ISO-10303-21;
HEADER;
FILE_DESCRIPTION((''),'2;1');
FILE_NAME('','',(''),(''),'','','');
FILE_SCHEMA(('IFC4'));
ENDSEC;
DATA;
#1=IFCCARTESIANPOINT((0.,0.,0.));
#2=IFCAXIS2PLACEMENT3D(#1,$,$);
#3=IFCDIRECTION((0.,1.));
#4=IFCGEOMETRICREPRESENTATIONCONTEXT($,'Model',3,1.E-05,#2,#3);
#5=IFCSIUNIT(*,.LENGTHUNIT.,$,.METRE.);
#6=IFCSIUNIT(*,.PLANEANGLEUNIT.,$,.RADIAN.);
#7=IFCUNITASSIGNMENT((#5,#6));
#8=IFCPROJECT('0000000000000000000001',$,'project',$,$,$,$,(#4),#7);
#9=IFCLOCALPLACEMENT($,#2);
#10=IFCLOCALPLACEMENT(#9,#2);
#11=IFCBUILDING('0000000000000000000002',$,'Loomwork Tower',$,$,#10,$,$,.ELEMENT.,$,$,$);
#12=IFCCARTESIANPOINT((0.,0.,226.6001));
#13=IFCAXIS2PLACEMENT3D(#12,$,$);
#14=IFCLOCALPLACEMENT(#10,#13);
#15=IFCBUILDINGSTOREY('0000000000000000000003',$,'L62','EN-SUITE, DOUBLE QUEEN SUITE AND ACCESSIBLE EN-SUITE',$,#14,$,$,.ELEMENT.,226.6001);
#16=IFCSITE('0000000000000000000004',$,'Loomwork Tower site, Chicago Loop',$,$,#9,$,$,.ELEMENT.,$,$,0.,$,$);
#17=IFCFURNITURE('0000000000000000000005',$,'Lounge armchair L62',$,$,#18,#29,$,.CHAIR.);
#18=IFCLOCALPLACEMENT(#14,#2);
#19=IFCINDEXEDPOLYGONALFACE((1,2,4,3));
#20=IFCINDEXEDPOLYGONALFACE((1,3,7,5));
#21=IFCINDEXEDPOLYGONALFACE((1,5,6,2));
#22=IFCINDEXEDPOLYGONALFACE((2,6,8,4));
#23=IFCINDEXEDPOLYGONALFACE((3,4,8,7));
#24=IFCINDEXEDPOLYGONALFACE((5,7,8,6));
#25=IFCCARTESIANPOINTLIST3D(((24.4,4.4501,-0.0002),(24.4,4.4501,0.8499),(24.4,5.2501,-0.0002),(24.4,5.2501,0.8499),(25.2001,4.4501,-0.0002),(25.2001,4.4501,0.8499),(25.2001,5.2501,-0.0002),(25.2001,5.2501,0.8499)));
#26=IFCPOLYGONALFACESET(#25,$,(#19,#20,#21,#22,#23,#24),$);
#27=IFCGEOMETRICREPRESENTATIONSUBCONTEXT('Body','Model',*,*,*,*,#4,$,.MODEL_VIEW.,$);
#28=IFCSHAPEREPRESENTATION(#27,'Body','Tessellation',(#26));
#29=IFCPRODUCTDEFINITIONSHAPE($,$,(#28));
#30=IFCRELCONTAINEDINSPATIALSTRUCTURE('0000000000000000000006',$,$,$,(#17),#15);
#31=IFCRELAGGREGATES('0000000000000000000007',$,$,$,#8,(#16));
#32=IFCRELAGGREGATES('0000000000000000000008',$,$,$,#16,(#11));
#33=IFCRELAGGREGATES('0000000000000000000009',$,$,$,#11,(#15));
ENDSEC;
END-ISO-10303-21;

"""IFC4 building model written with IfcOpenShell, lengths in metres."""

from ifc_helpers import new_model, si_unit, direction, frame, origin, origin_2d, place, context, subcontext, project, spatial, rectangle, extrude, element, save


model = new_model("IFC4")

# Units and contexts
model_context = context("Model", 3, precision=1e-05, world=origin(), true_north=direction((0.0, 1.0)))
body_context = subcontext(model_context, "Body", "Model", "MODEL_VIEW")
ifc_project = project(units=[si_unit("LENGTHUNIT", "METRE"), si_unit("PLANEANGLEUNIT", "RADIAN")], contexts=[model_context])

# Site, building, storey
site_placement = place(None, origin())
site = spatial("IfcSite", under=ifc_project, at=site_placement, Name="Loomwork Tower site, Chicago Loop", CompositionType="ELEMENT", RefElevation=0.0)
building_placement = place(site_placement, origin())
building = spatial("IfcBuilding", under=site, at=building_placement, Name="Loomwork Tower", CompositionType="ELEMENT")
storey_placement = place(building_placement, frame((0.0, 0.0, 226.6001)))
storey = spatial("IfcBuildingStorey", under=building, at=storey_placement, Name="L62", Description="EN-SUITE, DOUBLE QUEEN SUITE AND ACCESSIBLE EN-SUITE", CompositionType="ELEMENT", Elevation=226.6001)

# Furniture
furniture_1_placement = place(storey_placement, frame((24.8, 4.8501, -0.0002), z_axis=(0.0, 0.0, 1.0), x_axis=(1.0, 0.0, 0.0)))
element("IfcFurniture", 1, at=furniture_1_placement, inside=storey, Name="Lounge armchair L62", PredefinedType="CHAIR", context=body_context, shape_type="SweptSolid", body=[
    extrude(rectangle(XDim=0.8, YDim=0.8, at=origin_2d()), origin(), (0.0, 0.0, 1.0), 0.8501),
])

save(model, "model.ifc")
